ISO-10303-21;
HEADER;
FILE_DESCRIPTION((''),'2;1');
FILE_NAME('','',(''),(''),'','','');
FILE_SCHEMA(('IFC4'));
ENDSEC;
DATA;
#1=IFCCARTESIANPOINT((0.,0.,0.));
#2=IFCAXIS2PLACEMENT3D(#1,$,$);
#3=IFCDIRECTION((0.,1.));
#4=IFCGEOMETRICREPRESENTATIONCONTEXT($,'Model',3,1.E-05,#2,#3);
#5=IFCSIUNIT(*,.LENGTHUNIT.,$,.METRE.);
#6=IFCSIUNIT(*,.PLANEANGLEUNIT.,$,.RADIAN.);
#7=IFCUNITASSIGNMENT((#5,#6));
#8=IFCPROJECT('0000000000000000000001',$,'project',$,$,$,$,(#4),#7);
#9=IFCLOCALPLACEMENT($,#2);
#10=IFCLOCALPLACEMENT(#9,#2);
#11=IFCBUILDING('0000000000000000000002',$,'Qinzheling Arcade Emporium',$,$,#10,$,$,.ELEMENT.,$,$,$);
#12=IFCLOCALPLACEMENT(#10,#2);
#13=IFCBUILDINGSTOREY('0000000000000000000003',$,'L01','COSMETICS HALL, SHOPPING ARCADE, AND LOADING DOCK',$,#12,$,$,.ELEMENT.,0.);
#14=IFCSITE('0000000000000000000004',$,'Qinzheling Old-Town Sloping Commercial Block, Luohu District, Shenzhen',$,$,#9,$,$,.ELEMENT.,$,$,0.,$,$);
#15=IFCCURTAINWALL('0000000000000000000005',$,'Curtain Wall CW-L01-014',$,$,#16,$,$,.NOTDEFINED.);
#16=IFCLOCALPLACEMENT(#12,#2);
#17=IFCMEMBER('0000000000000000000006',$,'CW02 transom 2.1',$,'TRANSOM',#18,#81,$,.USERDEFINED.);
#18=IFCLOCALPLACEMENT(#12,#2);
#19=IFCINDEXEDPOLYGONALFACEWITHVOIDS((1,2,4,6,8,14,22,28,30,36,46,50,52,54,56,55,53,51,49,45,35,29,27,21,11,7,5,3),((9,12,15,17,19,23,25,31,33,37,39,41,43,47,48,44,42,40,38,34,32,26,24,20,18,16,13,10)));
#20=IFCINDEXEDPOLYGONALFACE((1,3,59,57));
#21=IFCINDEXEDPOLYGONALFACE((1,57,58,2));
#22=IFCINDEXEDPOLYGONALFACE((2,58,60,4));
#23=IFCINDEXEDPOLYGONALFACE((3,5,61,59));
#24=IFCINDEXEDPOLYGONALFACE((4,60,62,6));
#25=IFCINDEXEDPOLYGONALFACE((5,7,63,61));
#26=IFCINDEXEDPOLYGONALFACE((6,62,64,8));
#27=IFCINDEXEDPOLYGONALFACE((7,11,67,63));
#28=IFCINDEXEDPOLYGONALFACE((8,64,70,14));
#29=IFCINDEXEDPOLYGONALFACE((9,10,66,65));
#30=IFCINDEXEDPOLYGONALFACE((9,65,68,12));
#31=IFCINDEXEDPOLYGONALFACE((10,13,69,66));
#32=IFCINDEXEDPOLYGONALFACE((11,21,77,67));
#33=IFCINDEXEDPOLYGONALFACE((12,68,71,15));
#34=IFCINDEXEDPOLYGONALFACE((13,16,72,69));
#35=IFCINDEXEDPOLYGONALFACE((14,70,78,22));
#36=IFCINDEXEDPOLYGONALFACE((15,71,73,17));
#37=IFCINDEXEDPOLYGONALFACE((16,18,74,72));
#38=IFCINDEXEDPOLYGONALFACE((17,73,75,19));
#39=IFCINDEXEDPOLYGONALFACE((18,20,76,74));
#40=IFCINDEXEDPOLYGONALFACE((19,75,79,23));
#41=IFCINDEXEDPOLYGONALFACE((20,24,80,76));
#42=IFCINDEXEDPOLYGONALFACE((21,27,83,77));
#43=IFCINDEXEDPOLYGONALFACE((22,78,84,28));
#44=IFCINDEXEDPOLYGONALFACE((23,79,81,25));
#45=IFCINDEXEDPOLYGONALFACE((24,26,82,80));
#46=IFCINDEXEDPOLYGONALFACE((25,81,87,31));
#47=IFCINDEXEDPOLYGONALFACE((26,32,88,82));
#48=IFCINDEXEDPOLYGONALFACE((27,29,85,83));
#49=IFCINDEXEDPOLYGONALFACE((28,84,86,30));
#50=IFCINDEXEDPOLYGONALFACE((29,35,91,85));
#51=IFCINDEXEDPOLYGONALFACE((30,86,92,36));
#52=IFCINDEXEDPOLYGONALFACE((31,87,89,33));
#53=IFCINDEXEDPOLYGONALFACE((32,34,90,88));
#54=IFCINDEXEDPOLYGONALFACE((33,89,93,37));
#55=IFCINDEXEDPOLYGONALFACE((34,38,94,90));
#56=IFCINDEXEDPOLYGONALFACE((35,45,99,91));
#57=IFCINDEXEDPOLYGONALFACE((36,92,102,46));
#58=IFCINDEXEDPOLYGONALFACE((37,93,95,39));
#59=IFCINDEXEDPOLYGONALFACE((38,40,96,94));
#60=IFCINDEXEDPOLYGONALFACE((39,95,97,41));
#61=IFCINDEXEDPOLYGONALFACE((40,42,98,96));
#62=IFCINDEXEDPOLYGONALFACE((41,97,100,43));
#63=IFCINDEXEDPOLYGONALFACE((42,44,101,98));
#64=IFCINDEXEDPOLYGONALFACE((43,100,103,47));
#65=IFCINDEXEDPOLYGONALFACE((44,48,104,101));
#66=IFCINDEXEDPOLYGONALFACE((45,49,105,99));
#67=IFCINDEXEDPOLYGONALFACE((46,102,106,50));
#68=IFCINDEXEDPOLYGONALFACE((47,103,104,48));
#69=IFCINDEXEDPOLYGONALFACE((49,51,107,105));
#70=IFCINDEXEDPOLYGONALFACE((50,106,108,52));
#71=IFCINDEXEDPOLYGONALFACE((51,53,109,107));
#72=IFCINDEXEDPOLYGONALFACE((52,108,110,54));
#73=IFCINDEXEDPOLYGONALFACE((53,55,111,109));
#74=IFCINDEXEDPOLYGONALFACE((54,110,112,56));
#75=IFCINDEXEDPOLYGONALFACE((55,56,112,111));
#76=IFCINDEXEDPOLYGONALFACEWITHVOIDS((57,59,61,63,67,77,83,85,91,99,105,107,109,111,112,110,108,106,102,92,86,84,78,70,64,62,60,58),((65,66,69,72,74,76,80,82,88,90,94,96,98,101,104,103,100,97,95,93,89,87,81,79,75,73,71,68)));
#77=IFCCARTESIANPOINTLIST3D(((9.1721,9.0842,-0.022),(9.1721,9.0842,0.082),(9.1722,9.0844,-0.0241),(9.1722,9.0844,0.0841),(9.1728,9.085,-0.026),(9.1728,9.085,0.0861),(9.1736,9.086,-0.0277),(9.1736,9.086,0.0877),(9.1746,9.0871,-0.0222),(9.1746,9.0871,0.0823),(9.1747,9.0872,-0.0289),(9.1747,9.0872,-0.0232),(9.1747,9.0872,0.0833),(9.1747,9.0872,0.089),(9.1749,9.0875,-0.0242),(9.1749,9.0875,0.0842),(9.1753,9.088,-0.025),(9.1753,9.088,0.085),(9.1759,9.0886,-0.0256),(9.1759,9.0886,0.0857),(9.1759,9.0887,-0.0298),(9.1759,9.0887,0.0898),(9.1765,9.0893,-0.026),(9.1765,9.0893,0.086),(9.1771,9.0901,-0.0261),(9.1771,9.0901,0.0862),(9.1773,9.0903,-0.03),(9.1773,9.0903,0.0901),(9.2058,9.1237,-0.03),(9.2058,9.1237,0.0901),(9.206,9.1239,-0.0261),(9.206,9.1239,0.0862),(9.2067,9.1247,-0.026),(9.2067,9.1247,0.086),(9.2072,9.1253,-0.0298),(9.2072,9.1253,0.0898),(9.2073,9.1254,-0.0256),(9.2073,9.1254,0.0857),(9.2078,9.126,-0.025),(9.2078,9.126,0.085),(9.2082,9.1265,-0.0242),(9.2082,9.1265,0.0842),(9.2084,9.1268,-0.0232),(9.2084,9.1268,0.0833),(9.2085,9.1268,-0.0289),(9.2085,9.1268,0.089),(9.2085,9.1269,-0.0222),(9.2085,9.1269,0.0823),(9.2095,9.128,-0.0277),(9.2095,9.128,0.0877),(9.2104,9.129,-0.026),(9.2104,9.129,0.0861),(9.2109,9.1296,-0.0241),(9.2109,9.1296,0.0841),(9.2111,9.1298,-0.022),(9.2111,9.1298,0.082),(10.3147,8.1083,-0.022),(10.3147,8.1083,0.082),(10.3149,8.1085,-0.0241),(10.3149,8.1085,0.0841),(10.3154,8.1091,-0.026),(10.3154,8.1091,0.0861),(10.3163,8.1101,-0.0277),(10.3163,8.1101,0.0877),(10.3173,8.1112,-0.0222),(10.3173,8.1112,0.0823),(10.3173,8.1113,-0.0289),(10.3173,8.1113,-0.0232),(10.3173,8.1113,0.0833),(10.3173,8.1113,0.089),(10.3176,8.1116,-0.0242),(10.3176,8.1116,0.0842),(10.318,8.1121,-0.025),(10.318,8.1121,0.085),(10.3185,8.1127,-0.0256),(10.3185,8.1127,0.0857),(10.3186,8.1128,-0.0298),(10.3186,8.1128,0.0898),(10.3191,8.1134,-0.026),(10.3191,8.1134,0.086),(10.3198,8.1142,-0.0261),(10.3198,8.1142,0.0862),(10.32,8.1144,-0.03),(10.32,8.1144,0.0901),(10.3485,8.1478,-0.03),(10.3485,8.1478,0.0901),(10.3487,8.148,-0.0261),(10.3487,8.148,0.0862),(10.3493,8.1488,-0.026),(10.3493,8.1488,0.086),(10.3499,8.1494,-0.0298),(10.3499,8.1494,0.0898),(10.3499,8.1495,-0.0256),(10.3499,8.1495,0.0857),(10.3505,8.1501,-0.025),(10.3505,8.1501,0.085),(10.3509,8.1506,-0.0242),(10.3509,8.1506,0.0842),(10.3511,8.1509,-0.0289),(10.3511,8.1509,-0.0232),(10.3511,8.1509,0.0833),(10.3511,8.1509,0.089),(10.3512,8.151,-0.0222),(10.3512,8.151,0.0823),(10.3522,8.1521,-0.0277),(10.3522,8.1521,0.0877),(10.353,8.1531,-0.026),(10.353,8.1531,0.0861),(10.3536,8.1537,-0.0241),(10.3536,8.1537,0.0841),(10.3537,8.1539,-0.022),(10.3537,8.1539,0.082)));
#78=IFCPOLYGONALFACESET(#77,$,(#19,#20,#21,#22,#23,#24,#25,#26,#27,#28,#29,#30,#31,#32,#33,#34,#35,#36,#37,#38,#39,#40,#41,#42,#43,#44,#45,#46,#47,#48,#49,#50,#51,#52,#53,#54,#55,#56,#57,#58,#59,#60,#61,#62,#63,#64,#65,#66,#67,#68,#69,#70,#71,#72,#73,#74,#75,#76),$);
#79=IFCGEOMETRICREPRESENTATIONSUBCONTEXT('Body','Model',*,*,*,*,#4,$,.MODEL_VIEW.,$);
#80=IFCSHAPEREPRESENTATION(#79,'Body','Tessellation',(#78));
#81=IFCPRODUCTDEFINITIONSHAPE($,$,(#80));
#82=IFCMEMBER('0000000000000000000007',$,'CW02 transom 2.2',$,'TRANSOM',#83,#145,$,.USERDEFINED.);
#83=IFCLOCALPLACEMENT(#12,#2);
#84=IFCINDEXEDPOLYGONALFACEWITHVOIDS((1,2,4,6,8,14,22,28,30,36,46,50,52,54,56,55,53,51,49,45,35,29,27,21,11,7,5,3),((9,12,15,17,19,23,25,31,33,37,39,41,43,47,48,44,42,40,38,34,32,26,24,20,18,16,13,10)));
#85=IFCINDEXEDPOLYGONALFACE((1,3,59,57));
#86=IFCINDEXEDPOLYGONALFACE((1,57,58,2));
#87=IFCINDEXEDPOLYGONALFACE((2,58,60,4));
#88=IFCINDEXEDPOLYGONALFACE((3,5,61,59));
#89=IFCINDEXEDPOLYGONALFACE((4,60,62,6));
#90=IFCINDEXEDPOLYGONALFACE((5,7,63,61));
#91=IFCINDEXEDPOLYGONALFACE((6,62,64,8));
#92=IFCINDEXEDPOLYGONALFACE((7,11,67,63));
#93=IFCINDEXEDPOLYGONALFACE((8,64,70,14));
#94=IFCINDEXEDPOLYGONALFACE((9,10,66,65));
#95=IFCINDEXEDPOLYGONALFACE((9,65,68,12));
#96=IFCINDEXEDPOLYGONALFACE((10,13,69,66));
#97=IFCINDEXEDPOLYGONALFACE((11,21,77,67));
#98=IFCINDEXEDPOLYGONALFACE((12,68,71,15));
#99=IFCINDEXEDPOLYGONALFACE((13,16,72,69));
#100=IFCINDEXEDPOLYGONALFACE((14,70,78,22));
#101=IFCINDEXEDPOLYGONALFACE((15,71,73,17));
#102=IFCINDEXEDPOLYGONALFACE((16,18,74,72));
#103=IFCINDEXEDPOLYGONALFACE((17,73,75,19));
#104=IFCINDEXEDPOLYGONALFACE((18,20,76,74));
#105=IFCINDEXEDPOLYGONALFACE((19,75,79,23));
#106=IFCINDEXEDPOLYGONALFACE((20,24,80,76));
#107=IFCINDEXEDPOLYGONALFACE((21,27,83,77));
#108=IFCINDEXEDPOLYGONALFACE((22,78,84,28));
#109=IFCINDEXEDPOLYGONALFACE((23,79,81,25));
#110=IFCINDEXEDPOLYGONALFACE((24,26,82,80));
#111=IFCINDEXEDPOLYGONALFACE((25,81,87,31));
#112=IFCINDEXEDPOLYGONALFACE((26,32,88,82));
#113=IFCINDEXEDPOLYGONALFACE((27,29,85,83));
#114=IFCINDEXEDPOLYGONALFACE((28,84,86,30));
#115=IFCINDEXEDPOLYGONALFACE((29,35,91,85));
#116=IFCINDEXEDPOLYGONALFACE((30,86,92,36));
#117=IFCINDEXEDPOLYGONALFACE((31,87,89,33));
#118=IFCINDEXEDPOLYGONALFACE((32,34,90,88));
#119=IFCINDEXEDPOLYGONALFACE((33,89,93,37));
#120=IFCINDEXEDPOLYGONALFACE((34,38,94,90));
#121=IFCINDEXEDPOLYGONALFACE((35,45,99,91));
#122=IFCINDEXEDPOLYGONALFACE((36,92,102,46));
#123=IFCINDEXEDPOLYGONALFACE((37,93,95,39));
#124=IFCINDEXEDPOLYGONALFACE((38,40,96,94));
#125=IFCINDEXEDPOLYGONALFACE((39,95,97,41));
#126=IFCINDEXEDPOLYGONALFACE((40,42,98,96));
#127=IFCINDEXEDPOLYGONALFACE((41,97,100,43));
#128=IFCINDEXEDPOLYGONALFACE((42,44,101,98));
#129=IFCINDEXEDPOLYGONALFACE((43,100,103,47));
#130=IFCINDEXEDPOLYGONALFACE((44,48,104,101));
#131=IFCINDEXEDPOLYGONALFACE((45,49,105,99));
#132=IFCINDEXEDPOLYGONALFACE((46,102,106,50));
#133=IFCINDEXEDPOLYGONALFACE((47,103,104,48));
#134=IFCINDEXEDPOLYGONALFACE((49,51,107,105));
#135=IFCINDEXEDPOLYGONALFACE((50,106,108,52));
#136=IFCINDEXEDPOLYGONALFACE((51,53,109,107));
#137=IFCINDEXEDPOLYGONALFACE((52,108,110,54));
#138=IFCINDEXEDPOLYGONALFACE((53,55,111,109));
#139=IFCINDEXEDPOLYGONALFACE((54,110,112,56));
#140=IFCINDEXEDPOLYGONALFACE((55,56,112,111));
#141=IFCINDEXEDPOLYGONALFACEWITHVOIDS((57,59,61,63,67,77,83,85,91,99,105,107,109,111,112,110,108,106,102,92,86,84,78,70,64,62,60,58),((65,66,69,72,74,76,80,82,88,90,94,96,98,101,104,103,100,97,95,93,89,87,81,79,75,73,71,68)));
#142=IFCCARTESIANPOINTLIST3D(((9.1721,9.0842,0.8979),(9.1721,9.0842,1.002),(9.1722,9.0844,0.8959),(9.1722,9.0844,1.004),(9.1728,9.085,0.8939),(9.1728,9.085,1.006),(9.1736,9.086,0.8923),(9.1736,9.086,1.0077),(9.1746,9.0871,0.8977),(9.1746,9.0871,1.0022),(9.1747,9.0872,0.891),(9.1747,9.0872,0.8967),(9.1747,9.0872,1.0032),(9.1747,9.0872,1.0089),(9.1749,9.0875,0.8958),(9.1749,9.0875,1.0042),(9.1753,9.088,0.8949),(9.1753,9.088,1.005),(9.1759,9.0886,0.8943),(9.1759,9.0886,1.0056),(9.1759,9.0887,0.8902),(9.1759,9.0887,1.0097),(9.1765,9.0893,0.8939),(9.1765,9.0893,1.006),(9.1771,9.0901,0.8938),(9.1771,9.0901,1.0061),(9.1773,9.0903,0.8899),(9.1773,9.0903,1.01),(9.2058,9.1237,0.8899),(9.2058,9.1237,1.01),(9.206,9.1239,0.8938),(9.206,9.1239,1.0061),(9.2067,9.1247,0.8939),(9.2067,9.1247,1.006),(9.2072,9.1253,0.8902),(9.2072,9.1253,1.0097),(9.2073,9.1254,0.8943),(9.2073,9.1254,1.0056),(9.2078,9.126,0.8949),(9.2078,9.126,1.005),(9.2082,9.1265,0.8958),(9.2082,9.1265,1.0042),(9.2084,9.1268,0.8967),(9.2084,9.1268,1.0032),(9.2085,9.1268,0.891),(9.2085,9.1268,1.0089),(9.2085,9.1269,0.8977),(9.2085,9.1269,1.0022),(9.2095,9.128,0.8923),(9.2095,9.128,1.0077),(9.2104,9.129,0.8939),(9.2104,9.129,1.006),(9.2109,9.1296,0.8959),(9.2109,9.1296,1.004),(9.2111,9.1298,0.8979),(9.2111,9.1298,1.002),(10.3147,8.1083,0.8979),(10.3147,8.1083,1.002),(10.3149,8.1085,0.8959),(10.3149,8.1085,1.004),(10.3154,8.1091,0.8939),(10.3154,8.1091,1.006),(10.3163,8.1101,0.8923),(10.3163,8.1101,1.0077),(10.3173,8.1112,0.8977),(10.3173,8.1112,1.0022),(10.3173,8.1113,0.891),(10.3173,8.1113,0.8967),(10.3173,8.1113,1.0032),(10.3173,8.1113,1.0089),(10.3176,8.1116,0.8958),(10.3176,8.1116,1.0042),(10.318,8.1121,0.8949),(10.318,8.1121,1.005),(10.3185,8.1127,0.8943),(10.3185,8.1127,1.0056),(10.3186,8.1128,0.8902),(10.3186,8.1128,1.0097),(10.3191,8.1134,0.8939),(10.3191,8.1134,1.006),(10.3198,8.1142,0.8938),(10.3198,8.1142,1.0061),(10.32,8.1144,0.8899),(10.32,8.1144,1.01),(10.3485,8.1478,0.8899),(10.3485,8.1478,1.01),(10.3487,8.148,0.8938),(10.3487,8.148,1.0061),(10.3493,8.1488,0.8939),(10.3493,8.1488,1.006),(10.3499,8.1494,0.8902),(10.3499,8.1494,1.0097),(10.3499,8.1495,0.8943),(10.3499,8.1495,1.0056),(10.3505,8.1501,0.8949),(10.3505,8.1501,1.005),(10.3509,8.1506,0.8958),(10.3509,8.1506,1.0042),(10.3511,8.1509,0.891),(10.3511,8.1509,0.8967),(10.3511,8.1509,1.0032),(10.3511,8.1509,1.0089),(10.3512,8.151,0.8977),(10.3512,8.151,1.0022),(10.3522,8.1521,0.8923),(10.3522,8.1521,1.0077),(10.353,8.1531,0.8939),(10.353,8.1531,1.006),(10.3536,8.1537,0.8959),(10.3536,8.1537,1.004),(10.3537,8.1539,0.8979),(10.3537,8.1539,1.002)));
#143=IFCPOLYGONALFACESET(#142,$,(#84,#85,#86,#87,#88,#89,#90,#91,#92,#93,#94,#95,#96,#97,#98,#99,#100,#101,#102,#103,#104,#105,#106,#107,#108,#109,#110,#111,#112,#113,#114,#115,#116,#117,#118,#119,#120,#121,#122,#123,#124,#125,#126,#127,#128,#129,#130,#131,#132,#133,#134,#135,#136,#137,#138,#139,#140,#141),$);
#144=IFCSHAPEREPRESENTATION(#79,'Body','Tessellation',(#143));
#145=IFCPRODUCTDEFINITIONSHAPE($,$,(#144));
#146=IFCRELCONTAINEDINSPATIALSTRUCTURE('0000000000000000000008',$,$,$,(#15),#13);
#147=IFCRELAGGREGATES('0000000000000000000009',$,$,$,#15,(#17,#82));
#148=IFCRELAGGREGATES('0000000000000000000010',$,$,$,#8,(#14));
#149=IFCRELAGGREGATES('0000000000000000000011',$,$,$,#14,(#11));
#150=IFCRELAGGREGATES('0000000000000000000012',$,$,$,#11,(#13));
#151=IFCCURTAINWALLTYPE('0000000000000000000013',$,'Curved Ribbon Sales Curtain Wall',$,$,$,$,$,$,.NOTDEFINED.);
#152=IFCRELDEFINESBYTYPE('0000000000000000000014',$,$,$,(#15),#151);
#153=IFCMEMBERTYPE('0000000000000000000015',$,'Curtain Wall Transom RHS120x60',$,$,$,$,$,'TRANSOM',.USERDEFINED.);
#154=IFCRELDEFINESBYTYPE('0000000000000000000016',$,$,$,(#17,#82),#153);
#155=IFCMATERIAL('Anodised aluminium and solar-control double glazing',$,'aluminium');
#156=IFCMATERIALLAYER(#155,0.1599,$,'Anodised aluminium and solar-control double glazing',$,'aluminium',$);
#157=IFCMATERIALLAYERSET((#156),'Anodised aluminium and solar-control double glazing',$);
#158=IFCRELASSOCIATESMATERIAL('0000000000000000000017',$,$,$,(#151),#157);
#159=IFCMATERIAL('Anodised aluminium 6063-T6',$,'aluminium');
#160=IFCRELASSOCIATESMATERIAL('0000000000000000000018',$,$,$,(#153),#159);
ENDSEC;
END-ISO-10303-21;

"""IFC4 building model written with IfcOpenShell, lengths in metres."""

from ifc_helpers import new_model, si_unit, direction, frame, origin, origin_2d, place, context, subcontext, project, spatial, hollow_rectangle, extrude, material, layer, layer_set, material_profile, profile_set, type_object, element, aggregate, save


model = new_model("IFC4")

# Units and contexts
model_context = context("Model", 3, precision=1e-05, world=origin(), true_north=direction((0.0, 1.0)))
body_context = subcontext(model_context, "Body", "Model", "MODEL_VIEW")
ifc_project = project(units=[si_unit("LENGTHUNIT", "METRE"), si_unit("PLANEANGLEUNIT", "RADIAN")], contexts=[model_context])

# Site, building, storey
site_placement = place(None, origin())
site = spatial("IfcSite", under=ifc_project, at=site_placement, Name="Qinzheling Old-Town Sloping Commercial Block, Luohu District, Shenzhen", CompositionType="ELEMENT", RefElevation=0.0)
building_placement = place(site_placement, origin())
building = spatial("IfcBuilding", under=site, at=building_placement, Name="Qinzheling Arcade Emporium", CompositionType="ELEMENT")
storey_placement = place(building_placement, origin())
storey = spatial("IfcBuildingStorey", under=building, at=storey_placement, Name="L01", Description="COSMETICS HALL, SHOPPING ARCADE, AND LOADING DOCK", CompositionType="ELEMENT", Elevation=0.0)

# Shared definitions
ifc_material_1 = material(Name="Anodised aluminium and solar-control double glazing", Category="aluminium")
ifc_layer_1 = layer(ifc_material_1, 0.1599, Name="Anodised aluminium and solar-control double glazing", Category="aluminium")
ifc_layer_set_1 = layer_set([ifc_layer_1], Name="Anodised aluminium and solar-control double glazing")
curtain_wall_type = type_object("IfcCurtainWallType", Name="Curved Ribbon Sales Curtain Wall", PredefinedType="NOTDEFINED", material=ifc_layer_set_1)
ifc_material_2 = material(Name="Anodised aluminium 6063-T6", Category="aluminium")

# Curtain wall
curtain_wall_1_placement = place(storey_placement, origin())
curtain_wall_1 = element("IfcCurtainWall", 1, at=curtain_wall_1_placement, inside=storey, type_object=curtain_wall_type, Name="Curtain Wall CW-L01-014", PredefinedType="NOTDEFINED")

# Members
ifc_material_profile_1 = material_profile(ifc_material_2, hollow_rectangle(XDim=0.0601, YDim=0.1201, WallThickness=0.0039, InnerFilletRadius=0.0039, OuterFilletRadius=0.0081, at=origin_2d()), Name="RHS 120x60x4", Category="aluminium")
ifc_profile_set_1 = profile_set([ifc_material_profile_1], Name="Anodised aluminium 6063-T6")
member_type_1 = type_object("IfcMemberType", Name="Curtain Wall Transom RHS120x60", ElementType="TRANSOM", PredefinedType="USERDEFINED", material=ifc_profile_set_1)
member_1_placement = place(storey_placement, frame((10.3342, 8.1311, 0.03), z_axis=(-0.760414, 0.649439, 0.0), x_axis=(-0.649439, -0.760414, 0.0)))
member_1 = element("IfcMember", 2, at=member_1_placement, type_object=member_type_1, Name="CW02 transom 2.1", ObjectType="TRANSOM", PredefinedType="USERDEFINED", context=body_context, shape_type="SweptSolid", body=[
    extrude(hollow_rectangle(XDim=0.0601, YDim=0.1201, WallThickness=0.0039, InnerFilletRadius=0.0039, OuterFilletRadius=0.0081, at=origin_2d()), origin(), (0.0, 0.0, 1.0), 1.5027),
])
member_2_placement = place(storey_placement, frame((10.3342, 8.1311, 0.95), z_axis=(-0.760414, 0.649439, 0.0), x_axis=(-0.649439, -0.760414, 0.0)))
member_2 = element("IfcMember", 3, at=member_2_placement, type_object=member_type_1, Name="CW02 transom 2.2", ObjectType="TRANSOM", PredefinedType="USERDEFINED", context=body_context, shape_type="SweptSolid", body=[
    extrude(hollow_rectangle(XDim=0.0601, YDim=0.1201, WallThickness=0.0039, InnerFilletRadius=0.0039, OuterFilletRadius=0.0081, at=origin_2d()), origin(), (0.0, 0.0, 1.0), 1.5027),
])

aggregate(curtain_wall_1, [member_1, member_2])

save(model, "model.ifc")
